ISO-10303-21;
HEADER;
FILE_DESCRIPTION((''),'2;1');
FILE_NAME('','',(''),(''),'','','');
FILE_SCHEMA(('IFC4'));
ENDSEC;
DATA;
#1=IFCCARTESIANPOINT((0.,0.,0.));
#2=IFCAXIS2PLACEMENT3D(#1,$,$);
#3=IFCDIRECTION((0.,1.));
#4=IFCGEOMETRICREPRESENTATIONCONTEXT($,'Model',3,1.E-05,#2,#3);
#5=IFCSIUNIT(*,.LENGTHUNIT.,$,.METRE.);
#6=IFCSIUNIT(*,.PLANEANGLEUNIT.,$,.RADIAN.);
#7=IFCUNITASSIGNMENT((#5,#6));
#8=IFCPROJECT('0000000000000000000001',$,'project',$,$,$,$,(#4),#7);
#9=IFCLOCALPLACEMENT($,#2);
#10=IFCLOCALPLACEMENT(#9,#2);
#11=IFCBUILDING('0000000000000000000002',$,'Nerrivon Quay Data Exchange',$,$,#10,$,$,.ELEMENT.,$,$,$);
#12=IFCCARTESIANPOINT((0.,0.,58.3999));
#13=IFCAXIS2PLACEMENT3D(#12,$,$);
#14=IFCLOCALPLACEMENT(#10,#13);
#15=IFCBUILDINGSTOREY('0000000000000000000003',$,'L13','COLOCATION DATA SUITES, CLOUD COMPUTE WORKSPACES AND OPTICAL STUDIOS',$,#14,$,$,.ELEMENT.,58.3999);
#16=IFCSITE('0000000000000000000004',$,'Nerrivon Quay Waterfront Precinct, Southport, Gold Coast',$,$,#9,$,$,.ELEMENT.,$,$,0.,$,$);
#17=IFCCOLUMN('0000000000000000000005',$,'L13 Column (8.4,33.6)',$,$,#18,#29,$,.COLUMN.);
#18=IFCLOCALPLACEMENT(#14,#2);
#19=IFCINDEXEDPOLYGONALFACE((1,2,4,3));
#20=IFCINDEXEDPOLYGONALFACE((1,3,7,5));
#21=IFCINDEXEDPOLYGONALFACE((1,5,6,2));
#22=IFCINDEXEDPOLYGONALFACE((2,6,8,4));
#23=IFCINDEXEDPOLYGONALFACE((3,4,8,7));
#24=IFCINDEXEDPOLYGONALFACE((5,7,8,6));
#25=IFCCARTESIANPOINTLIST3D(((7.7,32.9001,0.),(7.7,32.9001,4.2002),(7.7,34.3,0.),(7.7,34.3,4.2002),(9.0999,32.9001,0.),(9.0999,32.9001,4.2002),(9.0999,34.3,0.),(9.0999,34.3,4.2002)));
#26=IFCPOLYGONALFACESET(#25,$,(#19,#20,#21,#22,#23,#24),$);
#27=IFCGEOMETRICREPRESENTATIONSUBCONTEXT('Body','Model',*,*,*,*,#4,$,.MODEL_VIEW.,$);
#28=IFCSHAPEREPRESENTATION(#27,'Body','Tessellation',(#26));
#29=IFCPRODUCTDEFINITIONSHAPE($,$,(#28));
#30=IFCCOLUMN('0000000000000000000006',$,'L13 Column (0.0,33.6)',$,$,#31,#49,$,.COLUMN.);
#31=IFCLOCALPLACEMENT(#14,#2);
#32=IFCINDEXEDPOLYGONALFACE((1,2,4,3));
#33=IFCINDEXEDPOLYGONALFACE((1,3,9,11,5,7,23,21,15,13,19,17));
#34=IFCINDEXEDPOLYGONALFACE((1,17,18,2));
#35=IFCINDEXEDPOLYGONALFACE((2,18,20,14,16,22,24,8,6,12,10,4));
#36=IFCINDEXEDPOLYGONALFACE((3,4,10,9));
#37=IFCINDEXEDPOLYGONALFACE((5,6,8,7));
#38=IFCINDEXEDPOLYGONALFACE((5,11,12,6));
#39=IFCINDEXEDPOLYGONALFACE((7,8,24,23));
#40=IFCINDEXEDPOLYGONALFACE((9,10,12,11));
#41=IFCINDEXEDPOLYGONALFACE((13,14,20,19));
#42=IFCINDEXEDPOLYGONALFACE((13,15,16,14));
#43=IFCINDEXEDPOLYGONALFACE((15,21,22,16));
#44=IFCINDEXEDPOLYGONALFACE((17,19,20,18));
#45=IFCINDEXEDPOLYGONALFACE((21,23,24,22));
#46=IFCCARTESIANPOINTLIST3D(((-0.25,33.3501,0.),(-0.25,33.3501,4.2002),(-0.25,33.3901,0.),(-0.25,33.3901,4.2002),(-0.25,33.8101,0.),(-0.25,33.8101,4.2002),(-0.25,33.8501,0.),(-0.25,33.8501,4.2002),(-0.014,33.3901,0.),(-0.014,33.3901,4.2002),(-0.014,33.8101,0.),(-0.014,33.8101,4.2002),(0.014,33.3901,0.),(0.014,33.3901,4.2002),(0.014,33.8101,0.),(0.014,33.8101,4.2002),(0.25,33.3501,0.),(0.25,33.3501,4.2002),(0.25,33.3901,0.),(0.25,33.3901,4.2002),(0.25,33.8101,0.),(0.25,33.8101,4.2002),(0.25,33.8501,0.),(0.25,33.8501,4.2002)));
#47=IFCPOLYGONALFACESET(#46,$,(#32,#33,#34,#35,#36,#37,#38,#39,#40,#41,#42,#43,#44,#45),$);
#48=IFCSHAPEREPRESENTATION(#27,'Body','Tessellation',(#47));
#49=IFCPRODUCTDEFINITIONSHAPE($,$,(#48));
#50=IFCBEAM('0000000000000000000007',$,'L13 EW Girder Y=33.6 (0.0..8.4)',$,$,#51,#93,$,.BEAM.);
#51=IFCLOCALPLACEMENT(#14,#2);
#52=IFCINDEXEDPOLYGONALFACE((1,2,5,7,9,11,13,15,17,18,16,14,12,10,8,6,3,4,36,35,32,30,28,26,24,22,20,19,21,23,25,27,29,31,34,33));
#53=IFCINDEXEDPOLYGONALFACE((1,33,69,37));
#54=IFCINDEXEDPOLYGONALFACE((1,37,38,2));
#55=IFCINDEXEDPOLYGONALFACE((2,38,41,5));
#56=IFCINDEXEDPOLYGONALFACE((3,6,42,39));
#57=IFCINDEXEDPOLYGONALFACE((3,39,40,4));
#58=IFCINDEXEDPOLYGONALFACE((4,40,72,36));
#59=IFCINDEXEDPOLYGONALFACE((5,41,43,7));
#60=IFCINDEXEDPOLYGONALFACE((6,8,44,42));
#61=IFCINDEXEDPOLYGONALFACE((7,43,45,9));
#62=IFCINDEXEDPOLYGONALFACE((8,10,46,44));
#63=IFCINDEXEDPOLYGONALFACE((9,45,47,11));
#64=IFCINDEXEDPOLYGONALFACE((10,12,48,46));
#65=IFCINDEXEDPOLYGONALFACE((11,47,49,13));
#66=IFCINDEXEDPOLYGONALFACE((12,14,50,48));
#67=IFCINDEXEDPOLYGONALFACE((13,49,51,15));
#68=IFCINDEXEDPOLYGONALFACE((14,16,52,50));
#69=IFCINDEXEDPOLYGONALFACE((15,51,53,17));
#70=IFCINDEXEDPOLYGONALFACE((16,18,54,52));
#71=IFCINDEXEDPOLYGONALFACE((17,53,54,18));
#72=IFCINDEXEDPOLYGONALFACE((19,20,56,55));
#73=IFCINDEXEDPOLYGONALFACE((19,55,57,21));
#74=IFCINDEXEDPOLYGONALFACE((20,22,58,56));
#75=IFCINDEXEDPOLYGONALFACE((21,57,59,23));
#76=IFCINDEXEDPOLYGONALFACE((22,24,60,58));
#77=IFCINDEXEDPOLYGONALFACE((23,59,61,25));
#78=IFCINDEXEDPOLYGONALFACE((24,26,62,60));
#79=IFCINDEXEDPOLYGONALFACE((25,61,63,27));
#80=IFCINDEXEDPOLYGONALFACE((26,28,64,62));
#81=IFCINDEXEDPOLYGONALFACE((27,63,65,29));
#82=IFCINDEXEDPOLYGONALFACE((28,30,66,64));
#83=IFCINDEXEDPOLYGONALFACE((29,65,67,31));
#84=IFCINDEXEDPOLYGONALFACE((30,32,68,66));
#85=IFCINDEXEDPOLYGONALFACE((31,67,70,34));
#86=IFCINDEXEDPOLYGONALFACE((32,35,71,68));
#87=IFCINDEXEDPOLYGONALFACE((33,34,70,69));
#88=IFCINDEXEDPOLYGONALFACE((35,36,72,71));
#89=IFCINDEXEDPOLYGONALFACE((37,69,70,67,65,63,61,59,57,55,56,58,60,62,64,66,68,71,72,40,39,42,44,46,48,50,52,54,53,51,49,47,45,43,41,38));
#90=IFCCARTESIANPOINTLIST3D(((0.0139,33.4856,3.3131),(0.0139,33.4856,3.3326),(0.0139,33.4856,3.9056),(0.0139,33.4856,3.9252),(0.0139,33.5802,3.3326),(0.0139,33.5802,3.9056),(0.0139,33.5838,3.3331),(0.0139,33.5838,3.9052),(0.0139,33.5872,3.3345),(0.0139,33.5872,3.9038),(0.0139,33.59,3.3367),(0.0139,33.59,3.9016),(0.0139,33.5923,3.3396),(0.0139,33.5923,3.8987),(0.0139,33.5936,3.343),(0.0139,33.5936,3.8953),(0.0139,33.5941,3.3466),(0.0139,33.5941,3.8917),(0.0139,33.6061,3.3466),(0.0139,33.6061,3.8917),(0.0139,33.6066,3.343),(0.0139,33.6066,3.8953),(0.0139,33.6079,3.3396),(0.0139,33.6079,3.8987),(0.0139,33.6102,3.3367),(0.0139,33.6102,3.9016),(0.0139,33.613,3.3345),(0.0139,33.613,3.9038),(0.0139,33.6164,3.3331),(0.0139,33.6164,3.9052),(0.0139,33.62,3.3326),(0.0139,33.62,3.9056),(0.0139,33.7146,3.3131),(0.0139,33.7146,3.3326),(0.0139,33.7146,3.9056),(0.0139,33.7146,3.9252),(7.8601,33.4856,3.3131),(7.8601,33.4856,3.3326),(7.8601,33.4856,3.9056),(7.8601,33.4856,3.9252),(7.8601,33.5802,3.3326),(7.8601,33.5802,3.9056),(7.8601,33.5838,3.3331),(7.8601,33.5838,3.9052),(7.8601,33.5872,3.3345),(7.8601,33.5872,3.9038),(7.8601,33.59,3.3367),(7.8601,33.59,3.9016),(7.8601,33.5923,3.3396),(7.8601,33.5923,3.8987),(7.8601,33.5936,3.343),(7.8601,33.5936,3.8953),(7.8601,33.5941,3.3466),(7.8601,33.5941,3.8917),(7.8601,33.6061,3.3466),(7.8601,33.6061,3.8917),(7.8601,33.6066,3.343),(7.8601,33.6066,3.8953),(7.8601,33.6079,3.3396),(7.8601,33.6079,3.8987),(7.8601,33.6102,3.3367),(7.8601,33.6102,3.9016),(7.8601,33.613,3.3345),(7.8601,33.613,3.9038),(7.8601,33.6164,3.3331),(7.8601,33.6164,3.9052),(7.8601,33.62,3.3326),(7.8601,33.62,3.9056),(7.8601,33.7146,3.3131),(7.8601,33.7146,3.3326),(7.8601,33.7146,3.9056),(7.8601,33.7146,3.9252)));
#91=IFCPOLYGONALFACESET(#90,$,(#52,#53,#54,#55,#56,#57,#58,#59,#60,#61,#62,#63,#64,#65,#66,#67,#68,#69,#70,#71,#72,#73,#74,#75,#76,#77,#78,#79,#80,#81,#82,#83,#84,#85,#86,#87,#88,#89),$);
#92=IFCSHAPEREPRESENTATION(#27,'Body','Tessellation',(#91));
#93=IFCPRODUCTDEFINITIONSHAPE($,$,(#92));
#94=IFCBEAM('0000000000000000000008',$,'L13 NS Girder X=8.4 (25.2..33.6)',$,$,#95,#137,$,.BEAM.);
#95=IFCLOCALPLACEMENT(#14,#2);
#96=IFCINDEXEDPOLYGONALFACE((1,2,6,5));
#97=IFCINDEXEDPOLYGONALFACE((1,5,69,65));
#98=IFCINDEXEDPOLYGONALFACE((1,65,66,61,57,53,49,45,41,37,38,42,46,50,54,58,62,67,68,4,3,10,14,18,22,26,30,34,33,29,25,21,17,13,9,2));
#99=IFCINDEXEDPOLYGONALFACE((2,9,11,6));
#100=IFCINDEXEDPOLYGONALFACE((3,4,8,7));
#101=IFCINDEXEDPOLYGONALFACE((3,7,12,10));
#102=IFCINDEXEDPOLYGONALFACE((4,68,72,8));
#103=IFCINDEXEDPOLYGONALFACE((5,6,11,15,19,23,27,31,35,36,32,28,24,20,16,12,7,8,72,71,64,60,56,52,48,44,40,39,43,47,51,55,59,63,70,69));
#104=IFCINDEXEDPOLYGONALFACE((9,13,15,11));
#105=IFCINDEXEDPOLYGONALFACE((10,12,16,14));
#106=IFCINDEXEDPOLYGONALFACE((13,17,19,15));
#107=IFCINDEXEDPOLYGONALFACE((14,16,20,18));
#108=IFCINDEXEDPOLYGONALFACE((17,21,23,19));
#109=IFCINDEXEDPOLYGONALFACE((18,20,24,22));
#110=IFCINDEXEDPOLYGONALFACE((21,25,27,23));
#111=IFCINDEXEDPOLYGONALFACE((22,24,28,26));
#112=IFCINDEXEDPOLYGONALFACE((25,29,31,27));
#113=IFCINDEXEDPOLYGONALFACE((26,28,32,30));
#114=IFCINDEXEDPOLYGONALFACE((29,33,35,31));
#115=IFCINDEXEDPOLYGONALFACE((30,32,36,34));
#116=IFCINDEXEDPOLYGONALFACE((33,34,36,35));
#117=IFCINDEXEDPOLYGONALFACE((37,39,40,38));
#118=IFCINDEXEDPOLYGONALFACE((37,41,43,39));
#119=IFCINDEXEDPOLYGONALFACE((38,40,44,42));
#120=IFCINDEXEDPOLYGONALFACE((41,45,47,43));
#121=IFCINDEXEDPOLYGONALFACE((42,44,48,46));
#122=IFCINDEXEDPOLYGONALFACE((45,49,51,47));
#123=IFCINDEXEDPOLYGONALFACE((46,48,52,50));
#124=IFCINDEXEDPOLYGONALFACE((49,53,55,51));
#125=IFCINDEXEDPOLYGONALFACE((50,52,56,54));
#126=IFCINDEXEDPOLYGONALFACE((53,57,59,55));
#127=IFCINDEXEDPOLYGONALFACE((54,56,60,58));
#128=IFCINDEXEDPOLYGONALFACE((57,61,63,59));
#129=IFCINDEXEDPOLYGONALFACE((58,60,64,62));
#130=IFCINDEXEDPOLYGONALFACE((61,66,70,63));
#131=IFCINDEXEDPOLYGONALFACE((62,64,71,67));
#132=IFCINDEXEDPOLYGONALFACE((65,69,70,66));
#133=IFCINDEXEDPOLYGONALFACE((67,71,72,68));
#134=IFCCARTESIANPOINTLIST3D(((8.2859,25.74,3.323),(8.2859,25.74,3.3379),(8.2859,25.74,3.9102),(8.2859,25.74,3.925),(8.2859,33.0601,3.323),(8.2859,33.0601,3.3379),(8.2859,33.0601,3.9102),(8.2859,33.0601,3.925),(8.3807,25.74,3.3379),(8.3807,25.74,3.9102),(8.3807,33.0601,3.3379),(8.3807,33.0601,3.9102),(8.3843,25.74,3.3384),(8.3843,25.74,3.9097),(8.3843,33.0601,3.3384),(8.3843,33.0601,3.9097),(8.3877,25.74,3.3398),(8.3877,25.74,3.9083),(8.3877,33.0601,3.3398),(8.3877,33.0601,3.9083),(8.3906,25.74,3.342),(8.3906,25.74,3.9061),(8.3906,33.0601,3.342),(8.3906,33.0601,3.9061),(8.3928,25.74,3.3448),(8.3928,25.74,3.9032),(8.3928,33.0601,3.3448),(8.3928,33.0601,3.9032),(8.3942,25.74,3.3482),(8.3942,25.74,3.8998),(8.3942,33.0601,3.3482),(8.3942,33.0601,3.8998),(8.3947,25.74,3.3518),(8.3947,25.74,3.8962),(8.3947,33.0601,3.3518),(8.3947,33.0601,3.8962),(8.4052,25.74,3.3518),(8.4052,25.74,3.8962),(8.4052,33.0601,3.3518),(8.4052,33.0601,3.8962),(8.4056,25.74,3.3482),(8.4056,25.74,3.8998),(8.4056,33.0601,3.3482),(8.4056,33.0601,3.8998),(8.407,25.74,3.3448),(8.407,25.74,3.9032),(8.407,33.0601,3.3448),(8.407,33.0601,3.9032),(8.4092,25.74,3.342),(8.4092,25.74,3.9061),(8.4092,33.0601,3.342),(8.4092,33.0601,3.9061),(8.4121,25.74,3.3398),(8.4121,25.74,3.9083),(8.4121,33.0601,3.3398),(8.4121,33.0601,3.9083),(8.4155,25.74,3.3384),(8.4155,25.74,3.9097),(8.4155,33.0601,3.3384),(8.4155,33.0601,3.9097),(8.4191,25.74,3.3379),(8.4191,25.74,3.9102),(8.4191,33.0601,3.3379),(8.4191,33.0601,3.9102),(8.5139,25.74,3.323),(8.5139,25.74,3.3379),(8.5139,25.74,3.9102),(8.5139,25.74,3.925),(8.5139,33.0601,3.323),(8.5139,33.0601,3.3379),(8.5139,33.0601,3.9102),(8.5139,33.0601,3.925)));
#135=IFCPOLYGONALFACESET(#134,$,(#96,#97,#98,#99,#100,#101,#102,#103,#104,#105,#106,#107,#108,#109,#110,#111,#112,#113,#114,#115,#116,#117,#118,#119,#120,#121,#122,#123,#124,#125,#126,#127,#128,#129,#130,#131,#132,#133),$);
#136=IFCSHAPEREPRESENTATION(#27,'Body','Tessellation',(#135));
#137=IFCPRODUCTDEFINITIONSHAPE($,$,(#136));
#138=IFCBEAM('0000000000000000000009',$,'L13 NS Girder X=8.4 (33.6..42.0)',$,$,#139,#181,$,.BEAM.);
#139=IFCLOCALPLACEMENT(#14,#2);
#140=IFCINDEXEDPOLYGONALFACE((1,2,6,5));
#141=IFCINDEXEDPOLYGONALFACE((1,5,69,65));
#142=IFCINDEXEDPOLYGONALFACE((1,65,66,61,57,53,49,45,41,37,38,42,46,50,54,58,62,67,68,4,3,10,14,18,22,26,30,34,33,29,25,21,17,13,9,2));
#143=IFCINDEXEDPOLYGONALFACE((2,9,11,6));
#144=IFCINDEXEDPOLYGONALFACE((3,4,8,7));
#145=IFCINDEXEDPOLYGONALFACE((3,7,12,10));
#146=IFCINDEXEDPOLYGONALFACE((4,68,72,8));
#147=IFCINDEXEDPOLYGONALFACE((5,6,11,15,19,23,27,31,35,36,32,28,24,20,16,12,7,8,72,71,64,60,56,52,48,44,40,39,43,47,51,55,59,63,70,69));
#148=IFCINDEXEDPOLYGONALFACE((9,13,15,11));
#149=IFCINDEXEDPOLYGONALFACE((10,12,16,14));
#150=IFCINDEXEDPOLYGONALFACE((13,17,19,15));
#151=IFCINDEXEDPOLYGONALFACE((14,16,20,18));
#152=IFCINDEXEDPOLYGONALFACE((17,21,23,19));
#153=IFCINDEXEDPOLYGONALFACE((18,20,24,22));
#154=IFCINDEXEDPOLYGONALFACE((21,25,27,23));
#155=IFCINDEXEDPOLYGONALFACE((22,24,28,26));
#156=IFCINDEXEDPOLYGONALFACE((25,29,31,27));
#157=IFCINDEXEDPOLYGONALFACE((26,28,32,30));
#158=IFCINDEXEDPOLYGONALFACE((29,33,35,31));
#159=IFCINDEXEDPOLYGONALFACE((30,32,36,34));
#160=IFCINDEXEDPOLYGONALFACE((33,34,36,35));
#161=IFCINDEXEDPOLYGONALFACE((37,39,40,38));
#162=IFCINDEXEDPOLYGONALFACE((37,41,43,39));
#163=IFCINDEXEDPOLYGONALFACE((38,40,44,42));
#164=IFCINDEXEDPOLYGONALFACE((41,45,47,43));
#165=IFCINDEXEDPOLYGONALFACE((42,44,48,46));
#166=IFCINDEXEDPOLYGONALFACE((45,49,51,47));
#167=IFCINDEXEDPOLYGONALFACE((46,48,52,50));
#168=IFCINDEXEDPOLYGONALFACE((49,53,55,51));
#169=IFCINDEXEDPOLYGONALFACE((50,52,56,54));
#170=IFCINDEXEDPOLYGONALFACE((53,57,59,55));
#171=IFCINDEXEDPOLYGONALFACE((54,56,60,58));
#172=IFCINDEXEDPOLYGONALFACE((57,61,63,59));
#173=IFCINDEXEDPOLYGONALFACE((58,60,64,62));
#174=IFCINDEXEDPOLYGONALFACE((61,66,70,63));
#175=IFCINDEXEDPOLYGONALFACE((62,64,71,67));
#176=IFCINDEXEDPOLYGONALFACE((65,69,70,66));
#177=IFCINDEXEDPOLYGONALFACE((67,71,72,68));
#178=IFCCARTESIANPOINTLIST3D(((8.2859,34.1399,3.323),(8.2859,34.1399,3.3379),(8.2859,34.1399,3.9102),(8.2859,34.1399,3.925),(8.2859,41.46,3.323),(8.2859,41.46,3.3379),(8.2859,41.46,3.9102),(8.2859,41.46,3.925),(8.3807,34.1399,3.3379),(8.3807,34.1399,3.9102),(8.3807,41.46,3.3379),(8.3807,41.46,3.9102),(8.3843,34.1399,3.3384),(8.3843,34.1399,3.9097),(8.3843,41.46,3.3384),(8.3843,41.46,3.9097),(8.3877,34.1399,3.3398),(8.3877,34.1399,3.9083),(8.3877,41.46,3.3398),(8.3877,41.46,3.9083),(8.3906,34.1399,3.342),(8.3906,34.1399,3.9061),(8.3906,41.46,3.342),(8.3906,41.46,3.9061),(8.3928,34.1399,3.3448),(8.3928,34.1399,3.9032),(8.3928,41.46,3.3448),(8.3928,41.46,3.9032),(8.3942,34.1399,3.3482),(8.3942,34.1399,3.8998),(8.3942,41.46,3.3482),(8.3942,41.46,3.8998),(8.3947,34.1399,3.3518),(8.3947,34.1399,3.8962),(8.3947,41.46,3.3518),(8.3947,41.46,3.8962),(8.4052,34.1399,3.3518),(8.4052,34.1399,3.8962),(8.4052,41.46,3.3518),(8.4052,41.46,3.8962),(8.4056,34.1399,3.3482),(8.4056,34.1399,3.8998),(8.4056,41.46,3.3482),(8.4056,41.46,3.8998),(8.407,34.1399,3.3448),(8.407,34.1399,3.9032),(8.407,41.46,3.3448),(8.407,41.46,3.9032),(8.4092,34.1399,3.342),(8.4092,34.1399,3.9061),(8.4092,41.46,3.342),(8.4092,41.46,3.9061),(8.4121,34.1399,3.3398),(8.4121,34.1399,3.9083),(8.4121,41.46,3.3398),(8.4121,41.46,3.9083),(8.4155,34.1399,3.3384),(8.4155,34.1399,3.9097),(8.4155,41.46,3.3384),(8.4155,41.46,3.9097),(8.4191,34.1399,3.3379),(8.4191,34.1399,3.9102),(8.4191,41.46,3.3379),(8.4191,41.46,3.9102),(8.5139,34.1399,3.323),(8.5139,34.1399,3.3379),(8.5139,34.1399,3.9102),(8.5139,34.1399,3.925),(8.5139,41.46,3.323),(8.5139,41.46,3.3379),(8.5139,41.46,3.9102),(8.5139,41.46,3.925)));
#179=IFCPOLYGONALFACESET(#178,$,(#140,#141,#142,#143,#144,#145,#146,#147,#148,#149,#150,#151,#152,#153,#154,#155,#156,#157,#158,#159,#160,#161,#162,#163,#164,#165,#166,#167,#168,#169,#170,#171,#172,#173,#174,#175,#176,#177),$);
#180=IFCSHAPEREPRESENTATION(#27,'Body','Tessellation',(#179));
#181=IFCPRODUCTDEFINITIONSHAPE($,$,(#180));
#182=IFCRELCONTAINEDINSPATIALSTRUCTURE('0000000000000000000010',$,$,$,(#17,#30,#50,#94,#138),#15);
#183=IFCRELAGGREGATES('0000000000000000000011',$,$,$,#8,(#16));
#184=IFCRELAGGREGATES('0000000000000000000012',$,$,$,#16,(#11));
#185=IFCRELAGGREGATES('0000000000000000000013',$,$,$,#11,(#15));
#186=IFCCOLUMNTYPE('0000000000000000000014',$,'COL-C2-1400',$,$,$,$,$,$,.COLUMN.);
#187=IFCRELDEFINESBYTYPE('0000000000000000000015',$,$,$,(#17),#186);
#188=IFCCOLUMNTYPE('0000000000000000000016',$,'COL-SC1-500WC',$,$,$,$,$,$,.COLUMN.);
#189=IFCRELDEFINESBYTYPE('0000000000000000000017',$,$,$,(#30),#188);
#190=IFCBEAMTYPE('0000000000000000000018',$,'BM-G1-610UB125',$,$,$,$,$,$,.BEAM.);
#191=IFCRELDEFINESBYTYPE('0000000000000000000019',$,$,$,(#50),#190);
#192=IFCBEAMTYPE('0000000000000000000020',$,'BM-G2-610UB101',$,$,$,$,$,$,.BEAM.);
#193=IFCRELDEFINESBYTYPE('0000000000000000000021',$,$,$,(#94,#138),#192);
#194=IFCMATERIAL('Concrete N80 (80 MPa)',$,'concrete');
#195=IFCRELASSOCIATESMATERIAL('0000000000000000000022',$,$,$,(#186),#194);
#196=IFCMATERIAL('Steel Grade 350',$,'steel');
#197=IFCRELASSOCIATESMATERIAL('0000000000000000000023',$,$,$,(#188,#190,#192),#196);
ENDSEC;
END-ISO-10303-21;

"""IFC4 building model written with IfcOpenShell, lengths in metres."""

from ifc_helpers import new_model, si_unit, direction, frame, origin, origin_2d, place, context, subcontext, project, spatial, rectangle, i_section, extrude, material, material_profile, profile_set, type_object, element, save


model = new_model("IFC4")

# Units and contexts
model_context = context("Model", 3, precision=1e-05, world=origin(), true_north=direction((0.0, 1.0)))
body_context = subcontext(model_context, "Body", "Model", "MODEL_VIEW")
ifc_project = project(units=[si_unit("LENGTHUNIT", "METRE"), si_unit("PLANEANGLEUNIT", "RADIAN")], contexts=[model_context])

# Site, building, storey
site_placement = place(None, origin())
site = spatial("IfcSite", under=ifc_project, at=site_placement, Name="Nerrivon Quay Waterfront Precinct, Southport, Gold Coast", CompositionType="ELEMENT", RefElevation=0.0)
building_placement = place(site_placement, origin())
building = spatial("IfcBuilding", under=site, at=building_placement, Name="Nerrivon Quay Data Exchange", CompositionType="ELEMENT")
storey_placement = place(building_placement, frame((0.0, 0.0, 58.3999)))
storey = spatial("IfcBuildingStorey", under=building, at=storey_placement, Name="L13", Description="COLOCATION DATA SUITES, CLOUD COMPUTE WORKSPACES AND OPTICAL STUDIOS", CompositionType="ELEMENT", Elevation=58.3999)

# Columns
ifc_material_1 = material(Name="Concrete N80 (80 MPa)", Category="concrete")
ifc_material_profile_1 = material_profile(ifc_material_1, rectangle(XDim=1.3999, YDim=1.3999, at=origin_2d()), Name="RC-COL-1400x1400")
ifc_profile_set_1 = profile_set([ifc_material_profile_1], Name="Concrete N80 (80 MPa)")
column_type_1 = type_object("IfcColumnType", Name="COL-C2-1400", PredefinedType="COLUMN", material=ifc_profile_set_1)
column_1_placement = place(storey_placement, frame((8.3999, 33.6001, 0.0), z_axis=(0.0, 0.0, 1.0), x_axis=(1.0, 0.0, 0.0)))
element("IfcColumn", 1, at=column_1_placement, inside=storey, type_object=column_type_1, Name="L13 Column (8.4,33.6)", PredefinedType="COLUMN", context=body_context, shape_type="SweptSolid", body=[
    extrude(rectangle(XDim=1.3999, YDim=1.3999, at=origin_2d()), origin(), (0.0, 0.0, 1.0), 4.2002),
])
ifc_material_2 = material(Name="Steel Grade 350", Category="steel")
ifc_material_profile_2 = material_profile(ifc_material_2, i_section(OverallWidth=0.5, OverallDepth=0.5, WebThickness=0.0281, FlangeThickness=0.04, at=origin_2d()), Name="500WC440")
ifc_profile_set_2 = profile_set([ifc_material_profile_2], Name="Steel Grade 350")
column_type_2 = type_object("IfcColumnType", Name="COL-SC1-500WC", PredefinedType="COLUMN", material=ifc_profile_set_2)
column_2_placement = place(storey_placement, frame((0.0, 33.6001, 0.0), z_axis=(0.0, 0.0, 1.0), x_axis=(1.0, 0.0, 0.0)))
element("IfcColumn", 2, at=column_2_placement, inside=storey, type_object=column_type_2, Name="L13 Column (0.0,33.6)", PredefinedType="COLUMN", context=body_context, shape_type="SweptSolid", body=[
    extrude(i_section(OverallWidth=0.5, OverallDepth=0.5, WebThickness=0.0281, FlangeThickness=0.04, at=origin_2d()), origin(), (0.0, 0.0, 1.0), 4.2002),
])

# Beams
ifc_material_profile_3 = material_profile(ifc_material_2, i_section(OverallWidth=0.229, OverallDepth=0.6121, WebThickness=0.012, FlangeThickness=0.0195, FilletRadius=0.0139, at=origin_2d()), Name="610UB125")
ifc_profile_set_3 = profile_set([ifc_material_profile_3], Name="Steel Grade 350")
beam_type_1 = type_object("IfcBeamType", Name="BM-G1-610UB125", PredefinedType="BEAM", material=ifc_profile_set_3)
beam_1_placement = place(storey_placement, frame((0.0139, 33.6001, 3.6191), z_axis=(1.0, 0.0, 0.0), x_axis=(0.0, 1.0, 0.0)))
element("IfcBeam", 3, at=beam_1_placement, inside=storey, type_object=beam_type_1, Name="L13 EW Girder Y=33.6 (0.0..8.4)", PredefinedType="BEAM", context=body_context, shape_type="SweptSolid", body=[
    extrude(i_section(OverallWidth=0.229, OverallDepth=0.6121, WebThickness=0.012, FlangeThickness=0.0195, FilletRadius=0.0139, at=origin_2d()), origin(), (0.0, 0.0, 1.0), 7.8462),
])
ifc_material_profile_4 = material_profile(ifc_material_2, i_section(OverallWidth=0.228, OverallDepth=0.6021, WebThickness=0.0105, FlangeThickness=0.0149, FilletRadius=0.0139, at=origin_2d()), Name="610UB101")
ifc_profile_set_4 = profile_set([ifc_material_profile_4], Name="Steel Grade 350")
beam_type_2 = type_object("IfcBeamType", Name="BM-G2-610UB101", PredefinedType="BEAM", material=ifc_profile_set_4)
for number, where, z_axis, x_axis, name in (
    (4, (8.3999, 25.74, 3.624), (0.0, 1.0, 0.0), (-1.0, 0.0, 0.0), "L13 NS Girder X=8.4 (25.2..33.6)"),
    (5, (8.3999, 34.1399, 3.624), (0.0, 1.0, 0.0), (-1.0, 0.0, 0.0), "L13 NS Girder X=8.4 (33.6..42.0)"),
):
    element("IfcBeam", number, at=place(storey_placement, frame(where, z_axis=z_axis, x_axis=x_axis)), inside=storey, type_object=beam_type_2, Name=name, PredefinedType="BEAM", context=body_context, shape_type="SweptSolid", body=[
        extrude(i_section(OverallWidth=0.228, OverallDepth=0.6021, WebThickness=0.0105, FlangeThickness=0.0149, FilletRadius=0.0139, at=origin_2d()), origin(), (0.0, 0.0, 1.0), 7.3201),
    ])

save(model, "model.ifc")
